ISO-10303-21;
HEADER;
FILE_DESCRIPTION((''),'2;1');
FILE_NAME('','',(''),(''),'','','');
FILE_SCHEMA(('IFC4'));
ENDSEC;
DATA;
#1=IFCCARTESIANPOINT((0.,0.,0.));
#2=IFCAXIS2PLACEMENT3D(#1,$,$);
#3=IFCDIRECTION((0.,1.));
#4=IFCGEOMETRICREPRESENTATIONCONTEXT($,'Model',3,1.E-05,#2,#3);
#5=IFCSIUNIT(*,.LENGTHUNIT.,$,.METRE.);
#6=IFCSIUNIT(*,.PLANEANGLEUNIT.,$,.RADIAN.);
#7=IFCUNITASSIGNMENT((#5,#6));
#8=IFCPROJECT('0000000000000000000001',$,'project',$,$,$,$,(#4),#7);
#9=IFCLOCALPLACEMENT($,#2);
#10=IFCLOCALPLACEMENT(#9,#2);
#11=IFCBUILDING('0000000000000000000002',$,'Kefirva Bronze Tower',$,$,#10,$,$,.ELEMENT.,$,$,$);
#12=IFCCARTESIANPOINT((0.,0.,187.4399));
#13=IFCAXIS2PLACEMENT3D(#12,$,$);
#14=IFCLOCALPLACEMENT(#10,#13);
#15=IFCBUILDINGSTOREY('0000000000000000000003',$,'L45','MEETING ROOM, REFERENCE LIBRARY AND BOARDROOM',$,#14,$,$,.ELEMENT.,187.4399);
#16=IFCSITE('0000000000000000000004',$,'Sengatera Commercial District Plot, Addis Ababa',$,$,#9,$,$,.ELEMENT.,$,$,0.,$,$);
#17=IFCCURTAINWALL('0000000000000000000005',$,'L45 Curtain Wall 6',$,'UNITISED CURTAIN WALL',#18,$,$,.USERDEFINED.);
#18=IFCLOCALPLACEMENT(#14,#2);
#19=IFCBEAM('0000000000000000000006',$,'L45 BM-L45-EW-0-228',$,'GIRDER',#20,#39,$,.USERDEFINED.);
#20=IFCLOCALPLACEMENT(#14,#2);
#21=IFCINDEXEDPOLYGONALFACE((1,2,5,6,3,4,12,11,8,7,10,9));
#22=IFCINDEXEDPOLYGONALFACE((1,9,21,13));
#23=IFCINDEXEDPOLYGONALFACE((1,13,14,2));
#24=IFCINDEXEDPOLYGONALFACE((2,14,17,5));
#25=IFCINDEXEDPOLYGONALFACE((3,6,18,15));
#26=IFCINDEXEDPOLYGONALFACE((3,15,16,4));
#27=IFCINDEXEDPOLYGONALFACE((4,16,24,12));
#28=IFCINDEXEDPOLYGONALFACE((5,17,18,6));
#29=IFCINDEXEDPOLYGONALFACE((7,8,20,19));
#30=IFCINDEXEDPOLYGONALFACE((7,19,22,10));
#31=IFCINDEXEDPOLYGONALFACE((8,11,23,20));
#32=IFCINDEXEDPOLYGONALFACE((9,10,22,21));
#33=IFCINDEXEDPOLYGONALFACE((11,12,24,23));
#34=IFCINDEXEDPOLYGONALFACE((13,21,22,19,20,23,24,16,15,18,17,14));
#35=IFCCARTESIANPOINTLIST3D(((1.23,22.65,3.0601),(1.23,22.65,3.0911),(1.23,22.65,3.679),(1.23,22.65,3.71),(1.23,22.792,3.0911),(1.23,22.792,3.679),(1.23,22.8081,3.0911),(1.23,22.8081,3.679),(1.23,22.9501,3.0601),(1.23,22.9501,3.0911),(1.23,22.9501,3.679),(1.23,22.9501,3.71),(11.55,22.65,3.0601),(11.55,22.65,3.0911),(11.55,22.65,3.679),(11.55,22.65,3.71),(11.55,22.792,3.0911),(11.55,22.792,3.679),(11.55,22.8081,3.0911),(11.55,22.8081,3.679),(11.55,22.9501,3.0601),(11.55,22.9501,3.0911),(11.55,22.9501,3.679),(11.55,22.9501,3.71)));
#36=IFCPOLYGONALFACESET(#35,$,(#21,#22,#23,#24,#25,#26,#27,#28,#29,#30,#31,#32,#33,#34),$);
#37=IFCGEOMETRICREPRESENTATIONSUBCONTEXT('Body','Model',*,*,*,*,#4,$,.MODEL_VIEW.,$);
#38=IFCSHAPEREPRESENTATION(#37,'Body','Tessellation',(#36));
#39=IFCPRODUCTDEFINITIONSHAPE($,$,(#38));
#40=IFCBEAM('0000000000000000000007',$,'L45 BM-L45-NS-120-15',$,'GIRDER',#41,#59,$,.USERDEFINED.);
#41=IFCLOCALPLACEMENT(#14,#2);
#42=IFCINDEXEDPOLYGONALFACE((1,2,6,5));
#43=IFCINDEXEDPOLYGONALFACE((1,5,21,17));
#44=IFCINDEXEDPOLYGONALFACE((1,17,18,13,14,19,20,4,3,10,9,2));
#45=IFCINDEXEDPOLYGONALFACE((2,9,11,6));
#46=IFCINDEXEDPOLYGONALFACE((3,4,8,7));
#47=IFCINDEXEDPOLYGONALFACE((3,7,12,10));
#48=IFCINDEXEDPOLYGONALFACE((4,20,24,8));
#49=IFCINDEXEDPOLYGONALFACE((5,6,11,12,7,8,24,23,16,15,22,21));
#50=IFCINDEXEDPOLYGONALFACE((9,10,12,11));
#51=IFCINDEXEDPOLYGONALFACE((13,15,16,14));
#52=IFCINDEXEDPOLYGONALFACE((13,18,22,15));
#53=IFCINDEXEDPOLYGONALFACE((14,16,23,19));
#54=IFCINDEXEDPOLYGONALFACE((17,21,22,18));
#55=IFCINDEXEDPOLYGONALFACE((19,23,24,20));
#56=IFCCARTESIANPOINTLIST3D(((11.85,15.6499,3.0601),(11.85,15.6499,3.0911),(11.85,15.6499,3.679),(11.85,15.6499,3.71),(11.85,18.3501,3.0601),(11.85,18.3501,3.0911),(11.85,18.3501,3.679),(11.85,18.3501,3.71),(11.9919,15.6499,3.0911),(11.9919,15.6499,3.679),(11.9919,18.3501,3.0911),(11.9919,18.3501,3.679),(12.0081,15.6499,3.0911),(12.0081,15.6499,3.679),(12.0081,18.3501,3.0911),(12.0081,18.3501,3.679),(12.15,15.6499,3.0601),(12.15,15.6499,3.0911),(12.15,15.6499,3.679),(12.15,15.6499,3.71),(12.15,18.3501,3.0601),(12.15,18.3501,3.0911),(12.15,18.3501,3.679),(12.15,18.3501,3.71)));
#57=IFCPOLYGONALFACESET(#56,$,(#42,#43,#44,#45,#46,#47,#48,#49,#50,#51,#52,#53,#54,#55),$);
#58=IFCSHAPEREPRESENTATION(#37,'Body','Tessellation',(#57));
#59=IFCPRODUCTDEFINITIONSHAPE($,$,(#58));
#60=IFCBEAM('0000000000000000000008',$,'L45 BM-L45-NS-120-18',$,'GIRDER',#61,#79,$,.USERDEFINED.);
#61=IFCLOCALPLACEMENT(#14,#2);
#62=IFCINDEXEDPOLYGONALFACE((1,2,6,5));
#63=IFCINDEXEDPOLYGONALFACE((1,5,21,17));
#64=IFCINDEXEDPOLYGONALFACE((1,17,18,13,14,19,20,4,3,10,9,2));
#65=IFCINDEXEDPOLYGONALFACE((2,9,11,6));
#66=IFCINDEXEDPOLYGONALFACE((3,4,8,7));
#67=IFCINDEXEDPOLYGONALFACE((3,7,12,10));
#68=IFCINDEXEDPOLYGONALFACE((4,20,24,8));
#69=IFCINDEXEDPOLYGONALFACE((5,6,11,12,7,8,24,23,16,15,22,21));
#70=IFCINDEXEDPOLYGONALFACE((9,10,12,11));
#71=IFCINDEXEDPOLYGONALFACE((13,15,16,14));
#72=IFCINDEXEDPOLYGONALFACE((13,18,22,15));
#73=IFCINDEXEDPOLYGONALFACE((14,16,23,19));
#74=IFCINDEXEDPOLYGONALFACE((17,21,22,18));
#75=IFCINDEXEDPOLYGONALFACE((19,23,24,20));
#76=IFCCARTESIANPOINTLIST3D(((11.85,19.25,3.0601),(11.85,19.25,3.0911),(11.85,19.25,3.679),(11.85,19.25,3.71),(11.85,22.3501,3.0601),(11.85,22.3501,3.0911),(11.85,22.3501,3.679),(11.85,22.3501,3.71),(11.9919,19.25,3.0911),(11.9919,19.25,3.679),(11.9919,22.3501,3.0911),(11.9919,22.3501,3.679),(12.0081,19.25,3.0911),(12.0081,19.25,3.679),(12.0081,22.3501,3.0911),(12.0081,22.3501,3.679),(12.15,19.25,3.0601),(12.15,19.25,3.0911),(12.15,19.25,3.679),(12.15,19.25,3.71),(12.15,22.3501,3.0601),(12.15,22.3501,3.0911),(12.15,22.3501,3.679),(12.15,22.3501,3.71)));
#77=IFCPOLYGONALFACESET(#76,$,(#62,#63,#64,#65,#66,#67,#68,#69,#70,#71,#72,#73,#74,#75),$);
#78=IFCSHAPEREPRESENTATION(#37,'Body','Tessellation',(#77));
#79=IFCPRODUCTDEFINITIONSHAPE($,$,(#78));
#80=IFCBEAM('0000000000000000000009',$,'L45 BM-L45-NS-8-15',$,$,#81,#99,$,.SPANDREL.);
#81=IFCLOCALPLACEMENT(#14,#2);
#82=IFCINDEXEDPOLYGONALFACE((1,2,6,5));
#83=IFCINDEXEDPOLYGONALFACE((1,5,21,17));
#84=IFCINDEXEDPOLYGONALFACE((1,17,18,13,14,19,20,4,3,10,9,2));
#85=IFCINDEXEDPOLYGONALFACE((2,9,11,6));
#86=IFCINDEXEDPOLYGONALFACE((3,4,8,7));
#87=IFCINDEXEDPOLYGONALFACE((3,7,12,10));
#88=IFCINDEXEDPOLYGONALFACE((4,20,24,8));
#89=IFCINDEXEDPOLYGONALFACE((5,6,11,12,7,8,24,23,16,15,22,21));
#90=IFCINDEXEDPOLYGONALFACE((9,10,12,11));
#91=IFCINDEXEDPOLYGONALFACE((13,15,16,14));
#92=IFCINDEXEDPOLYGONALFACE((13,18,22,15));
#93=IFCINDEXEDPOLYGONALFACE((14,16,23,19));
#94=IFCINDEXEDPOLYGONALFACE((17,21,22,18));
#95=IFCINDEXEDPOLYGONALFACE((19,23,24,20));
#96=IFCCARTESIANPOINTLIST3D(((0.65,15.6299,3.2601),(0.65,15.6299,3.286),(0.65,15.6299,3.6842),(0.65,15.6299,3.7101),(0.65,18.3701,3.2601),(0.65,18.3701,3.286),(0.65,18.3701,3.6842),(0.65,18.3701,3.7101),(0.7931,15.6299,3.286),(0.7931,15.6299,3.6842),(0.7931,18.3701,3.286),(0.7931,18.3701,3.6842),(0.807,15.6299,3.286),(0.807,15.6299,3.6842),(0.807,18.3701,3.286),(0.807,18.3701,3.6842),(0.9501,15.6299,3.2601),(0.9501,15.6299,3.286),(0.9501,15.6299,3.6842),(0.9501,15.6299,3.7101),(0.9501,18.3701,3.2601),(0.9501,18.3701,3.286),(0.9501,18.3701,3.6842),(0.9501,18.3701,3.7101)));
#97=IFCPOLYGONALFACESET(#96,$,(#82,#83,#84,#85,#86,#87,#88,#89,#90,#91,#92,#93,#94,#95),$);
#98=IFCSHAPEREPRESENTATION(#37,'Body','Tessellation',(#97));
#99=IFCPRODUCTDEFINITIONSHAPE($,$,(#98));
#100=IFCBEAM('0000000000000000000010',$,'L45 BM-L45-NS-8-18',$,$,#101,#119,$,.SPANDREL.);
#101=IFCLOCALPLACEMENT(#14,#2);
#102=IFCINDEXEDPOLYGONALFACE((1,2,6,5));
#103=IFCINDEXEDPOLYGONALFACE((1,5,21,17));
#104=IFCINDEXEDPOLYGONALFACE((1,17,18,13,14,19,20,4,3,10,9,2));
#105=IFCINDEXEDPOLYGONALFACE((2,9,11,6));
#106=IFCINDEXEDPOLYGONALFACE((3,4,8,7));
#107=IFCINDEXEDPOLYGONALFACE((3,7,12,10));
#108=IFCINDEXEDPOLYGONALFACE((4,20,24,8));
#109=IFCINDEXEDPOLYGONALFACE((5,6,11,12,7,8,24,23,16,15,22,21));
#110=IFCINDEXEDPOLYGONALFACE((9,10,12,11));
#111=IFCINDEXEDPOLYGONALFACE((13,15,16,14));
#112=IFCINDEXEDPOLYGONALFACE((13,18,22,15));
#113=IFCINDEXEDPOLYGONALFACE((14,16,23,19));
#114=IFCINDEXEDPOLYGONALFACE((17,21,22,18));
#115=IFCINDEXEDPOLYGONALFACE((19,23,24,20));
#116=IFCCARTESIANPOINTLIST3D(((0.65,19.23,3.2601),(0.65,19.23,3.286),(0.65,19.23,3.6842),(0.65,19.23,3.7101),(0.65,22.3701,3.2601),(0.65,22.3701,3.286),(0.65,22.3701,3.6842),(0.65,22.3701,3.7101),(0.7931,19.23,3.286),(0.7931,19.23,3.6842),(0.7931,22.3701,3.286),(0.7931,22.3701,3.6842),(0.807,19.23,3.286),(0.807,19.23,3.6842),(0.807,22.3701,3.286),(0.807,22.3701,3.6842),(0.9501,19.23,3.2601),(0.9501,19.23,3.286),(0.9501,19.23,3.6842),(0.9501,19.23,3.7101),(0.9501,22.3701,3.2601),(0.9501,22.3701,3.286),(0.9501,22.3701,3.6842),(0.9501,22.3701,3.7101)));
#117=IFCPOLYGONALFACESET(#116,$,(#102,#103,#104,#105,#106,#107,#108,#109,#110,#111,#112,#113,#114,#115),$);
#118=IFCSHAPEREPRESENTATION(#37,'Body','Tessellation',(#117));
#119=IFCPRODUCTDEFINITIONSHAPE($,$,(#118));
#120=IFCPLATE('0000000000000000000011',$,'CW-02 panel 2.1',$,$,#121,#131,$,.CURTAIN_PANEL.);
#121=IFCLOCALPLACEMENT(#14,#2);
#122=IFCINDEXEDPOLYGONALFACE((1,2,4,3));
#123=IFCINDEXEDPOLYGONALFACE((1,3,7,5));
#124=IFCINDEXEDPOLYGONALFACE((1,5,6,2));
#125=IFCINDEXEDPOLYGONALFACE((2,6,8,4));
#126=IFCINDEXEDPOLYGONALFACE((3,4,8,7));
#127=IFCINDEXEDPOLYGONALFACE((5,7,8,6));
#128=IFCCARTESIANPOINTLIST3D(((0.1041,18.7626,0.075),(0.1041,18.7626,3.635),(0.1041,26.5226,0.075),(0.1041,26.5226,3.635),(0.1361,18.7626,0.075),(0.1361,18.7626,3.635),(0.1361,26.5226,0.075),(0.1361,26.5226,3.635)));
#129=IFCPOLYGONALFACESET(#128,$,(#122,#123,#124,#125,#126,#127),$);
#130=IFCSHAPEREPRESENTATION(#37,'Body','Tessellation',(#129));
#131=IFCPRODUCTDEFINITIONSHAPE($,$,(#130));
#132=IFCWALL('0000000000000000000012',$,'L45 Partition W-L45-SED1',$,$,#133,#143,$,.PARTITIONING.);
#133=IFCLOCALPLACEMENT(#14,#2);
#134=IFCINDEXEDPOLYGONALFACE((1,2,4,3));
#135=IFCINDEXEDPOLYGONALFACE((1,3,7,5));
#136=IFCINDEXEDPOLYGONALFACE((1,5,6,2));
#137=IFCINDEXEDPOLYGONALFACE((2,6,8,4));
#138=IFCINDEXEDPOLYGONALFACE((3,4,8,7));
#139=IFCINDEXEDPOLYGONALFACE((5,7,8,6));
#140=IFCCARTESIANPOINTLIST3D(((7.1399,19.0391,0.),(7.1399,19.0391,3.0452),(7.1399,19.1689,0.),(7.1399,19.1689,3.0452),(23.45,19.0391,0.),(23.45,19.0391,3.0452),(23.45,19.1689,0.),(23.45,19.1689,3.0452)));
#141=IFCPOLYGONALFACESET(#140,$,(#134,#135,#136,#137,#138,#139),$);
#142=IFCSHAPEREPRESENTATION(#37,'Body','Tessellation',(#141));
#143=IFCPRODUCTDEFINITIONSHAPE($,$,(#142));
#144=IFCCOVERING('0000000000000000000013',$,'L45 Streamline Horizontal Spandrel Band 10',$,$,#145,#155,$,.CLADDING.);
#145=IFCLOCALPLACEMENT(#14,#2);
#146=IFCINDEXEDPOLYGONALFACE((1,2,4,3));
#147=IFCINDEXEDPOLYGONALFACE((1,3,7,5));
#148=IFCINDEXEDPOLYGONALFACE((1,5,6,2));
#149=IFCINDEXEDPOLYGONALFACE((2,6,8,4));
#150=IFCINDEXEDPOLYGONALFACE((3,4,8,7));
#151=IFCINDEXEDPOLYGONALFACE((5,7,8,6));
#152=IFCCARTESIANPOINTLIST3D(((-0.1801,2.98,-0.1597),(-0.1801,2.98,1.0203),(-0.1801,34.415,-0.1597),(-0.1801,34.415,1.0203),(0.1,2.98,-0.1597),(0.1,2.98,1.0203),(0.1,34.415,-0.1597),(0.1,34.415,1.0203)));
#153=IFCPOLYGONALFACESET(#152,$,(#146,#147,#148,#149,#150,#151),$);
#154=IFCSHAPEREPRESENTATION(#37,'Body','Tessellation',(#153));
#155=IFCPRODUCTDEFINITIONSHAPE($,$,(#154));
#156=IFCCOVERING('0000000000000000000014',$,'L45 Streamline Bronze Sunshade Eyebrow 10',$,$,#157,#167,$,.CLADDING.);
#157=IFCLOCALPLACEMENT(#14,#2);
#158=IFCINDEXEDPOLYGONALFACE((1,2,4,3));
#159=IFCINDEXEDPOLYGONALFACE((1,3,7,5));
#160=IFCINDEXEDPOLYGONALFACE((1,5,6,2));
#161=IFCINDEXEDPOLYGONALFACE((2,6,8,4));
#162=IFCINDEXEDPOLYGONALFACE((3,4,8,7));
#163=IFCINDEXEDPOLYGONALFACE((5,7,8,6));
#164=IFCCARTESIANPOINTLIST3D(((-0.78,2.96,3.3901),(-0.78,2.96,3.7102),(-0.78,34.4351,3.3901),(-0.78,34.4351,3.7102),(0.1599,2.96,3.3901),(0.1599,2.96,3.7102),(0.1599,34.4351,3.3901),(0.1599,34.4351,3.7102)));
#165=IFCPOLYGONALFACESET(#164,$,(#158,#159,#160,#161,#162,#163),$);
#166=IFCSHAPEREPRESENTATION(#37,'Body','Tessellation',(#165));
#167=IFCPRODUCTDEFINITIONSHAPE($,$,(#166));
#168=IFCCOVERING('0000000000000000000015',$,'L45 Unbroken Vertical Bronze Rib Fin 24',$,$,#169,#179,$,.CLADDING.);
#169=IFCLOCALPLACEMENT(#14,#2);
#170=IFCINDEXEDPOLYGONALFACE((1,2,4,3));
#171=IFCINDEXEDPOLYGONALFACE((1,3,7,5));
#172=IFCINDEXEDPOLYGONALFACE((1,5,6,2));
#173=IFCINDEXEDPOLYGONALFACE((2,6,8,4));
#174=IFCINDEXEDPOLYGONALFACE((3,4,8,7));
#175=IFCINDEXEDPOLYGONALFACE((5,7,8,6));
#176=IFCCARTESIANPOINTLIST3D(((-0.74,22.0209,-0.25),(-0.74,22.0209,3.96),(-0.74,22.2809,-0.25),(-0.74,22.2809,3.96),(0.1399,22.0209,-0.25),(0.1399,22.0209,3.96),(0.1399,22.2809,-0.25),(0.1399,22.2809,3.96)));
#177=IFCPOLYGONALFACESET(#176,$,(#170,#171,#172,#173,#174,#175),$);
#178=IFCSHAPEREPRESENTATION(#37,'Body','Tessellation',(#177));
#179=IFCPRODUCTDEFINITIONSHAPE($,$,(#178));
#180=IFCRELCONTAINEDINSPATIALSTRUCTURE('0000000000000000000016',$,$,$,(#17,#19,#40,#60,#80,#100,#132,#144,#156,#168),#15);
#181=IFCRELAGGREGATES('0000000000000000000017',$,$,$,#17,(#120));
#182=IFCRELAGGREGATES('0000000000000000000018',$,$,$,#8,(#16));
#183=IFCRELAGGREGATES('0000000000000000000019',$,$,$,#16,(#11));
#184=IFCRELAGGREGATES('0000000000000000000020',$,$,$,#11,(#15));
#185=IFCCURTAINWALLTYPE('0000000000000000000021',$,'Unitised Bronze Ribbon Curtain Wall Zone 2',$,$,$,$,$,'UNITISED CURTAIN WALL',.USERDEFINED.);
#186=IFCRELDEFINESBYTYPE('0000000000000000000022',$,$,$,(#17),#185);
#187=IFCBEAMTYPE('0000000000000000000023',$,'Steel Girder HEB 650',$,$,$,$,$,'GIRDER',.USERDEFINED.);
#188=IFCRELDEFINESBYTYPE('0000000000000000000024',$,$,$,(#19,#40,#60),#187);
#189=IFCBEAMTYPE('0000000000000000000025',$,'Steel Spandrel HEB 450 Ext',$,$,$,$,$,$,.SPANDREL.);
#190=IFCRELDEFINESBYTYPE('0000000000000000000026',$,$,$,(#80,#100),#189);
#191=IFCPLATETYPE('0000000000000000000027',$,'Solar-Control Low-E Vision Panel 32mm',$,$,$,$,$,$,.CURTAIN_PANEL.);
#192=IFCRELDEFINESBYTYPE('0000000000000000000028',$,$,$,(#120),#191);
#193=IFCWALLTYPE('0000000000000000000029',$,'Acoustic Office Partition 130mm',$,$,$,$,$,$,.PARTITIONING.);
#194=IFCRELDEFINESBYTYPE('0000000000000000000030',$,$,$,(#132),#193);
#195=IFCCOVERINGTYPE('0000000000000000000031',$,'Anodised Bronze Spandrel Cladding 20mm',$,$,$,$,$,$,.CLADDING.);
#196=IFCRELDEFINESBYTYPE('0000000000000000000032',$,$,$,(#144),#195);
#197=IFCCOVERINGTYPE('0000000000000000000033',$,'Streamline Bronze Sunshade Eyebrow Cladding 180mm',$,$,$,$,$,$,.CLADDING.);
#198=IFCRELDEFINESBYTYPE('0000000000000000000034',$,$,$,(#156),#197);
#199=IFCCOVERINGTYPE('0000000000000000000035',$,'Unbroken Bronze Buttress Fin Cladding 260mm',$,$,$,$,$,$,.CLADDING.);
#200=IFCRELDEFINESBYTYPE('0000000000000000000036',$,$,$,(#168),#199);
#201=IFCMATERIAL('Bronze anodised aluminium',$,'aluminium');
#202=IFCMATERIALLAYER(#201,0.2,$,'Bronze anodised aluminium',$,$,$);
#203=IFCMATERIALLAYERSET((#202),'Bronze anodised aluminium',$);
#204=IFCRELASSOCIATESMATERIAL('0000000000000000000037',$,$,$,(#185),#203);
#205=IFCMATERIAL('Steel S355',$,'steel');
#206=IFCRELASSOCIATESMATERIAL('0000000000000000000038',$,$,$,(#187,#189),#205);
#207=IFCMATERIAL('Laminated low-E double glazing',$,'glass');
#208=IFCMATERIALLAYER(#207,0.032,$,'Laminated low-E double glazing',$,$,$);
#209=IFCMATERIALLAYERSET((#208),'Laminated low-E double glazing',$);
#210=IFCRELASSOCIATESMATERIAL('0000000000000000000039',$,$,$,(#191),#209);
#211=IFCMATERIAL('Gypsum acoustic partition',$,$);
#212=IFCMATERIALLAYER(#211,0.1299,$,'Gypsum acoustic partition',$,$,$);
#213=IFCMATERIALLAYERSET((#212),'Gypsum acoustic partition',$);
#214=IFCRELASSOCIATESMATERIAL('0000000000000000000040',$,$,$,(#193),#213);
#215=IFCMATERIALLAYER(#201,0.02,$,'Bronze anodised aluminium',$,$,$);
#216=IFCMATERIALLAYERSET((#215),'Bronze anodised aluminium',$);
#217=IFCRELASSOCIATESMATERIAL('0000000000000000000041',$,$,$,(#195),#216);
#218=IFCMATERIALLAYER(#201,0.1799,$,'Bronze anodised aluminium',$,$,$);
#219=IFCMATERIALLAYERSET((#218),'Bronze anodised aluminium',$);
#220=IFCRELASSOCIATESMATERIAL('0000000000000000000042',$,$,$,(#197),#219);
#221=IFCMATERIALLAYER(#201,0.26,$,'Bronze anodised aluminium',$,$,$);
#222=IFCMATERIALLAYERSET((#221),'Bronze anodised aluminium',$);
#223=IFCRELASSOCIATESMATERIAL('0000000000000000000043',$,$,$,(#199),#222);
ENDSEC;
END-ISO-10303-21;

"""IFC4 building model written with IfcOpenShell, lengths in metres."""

from ifc_helpers import new_model, si_unit, direction, frame, frame_2d, origin, origin_2d, place, context, subcontext, project, spatial, rectangle, i_section, extrude, material, layer, layer_set, material_profile, profile_set, type_object, element, aggregate, save


model = new_model("IFC4")

# Units and contexts
model_context = context("Model", 3, precision=1e-05, world=origin(), true_north=direction((0.0, 1.0)))
body_context = subcontext(model_context, "Body", "Model", "MODEL_VIEW")
ifc_project = project(units=[si_unit("LENGTHUNIT", "METRE"), si_unit("PLANEANGLEUNIT", "RADIAN")], contexts=[model_context])

# Site, building, storey
site_placement = place(None, origin())
site = spatial("IfcSite", under=ifc_project, at=site_placement, Name="Sengatera Commercial District Plot, Addis Ababa", CompositionType="ELEMENT", RefElevation=0.0)
building_placement = place(site_placement, origin())
building = spatial("IfcBuilding", under=site, at=building_placement, Name="Kefirva Bronze Tower", CompositionType="ELEMENT")
storey_placement = place(building_placement, frame((0.0, 0.0, 187.4399)))
storey = spatial("IfcBuildingStorey", under=building, at=storey_placement, Name="L45", Description="MEETING ROOM, REFERENCE LIBRARY AND BOARDROOM", CompositionType="ELEMENT", Elevation=187.4399)

# Curtain wall
ifc_material_1 = material(Name="Bronze anodised aluminium", Category="aluminium")
ifc_layer_1 = layer(ifc_material_1, 0.2, Name="Bronze anodised aluminium")
ifc_layer_set_1 = layer_set([ifc_layer_1], Name="Bronze anodised aluminium")
curtain_wall_type = type_object("IfcCurtainWallType", Name="Unitised Bronze Ribbon Curtain Wall Zone 2", ElementType="UNITISED CURTAIN WALL", PredefinedType="USERDEFINED", material=ifc_layer_set_1)
curtain_wall_placement = place(storey_placement, origin())
curtain_wall = element("IfcCurtainWall", 1, at=curtain_wall_placement, inside=storey, type_object=curtain_wall_type, Name="L45 Curtain Wall 6", ObjectType="UNITISED CURTAIN WALL", PredefinedType="USERDEFINED")

# Beams
ifc_material_2 = material(Name="Steel S355", Category="steel")
ifc_material_profile_1 = material_profile(ifc_material_2, i_section(OverallWidth=0.3, OverallDepth=0.6499, WebThickness=0.0161, FlangeThickness=0.031, at=origin_2d()), Name="HEB 650")
ifc_profile_set_1 = profile_set([ifc_material_profile_1], Name="Steel S355")
beam_type_1 = type_object("IfcBeamType", Name="Steel Girder HEB 650", ElementType="GIRDER", PredefinedType="USERDEFINED", material=ifc_profile_set_1)
for number, where, z_axis, x_axis, name in (
    (2, (1.23, 22.8, 3.385), (1.0, 0.0, 0.0), (0.0, 1.0, 0.0), "L45 BM-L45-EW-0-228"),
):
    element("IfcBeam", number, at=place(storey_placement, frame(where, z_axis=z_axis, x_axis=x_axis)), inside=storey, type_object=beam_type_1, Name=name, ObjectType="GIRDER", PredefinedType="USERDEFINED", context=body_context, shape_type="SweptSolid", body=[
        extrude(i_section(OverallWidth=0.3, OverallDepth=0.6499, WebThickness=0.0161, FlangeThickness=0.031, at=origin_2d()), origin(), (0.0, 0.0, 1.0), 10.3201),
    ])
beam_1_placement = place(storey_placement, frame((12.0, 15.6499, 3.385), z_axis=(0.0, 1.0, 0.0), x_axis=(-1.0, 0.0, 0.0)))
element("IfcBeam", 3, at=beam_1_placement, inside=storey, type_object=beam_type_1, Name="L45 BM-L45-NS-120-15", ObjectType="GIRDER", PredefinedType="USERDEFINED", context=body_context, shape_type="SweptSolid", body=[
    extrude(i_section(OverallWidth=0.3, OverallDepth=0.6499, WebThickness=0.0161, FlangeThickness=0.031, at=origin_2d()), origin(), (0.0, 0.0, 1.0), 2.7002),
])
beam_2_placement = place(storey_placement, frame((12.0, 19.25, 3.385), z_axis=(0.0, 1.0, 0.0), x_axis=(-1.0, 0.0, 0.0)))
element("IfcBeam", 4, at=beam_2_placement, inside=storey, type_object=beam_type_1, Name="L45 BM-L45-NS-120-18", ObjectType="GIRDER", PredefinedType="USERDEFINED", context=body_context, shape_type="SweptSolid", body=[
    extrude(i_section(OverallWidth=0.3, OverallDepth=0.6499, WebThickness=0.0161, FlangeThickness=0.031, at=origin_2d()), origin(), (0.0, 0.0, 1.0), 3.1001),
])
ifc_material_profile_2 = material_profile(ifc_material_2, i_section(OverallWidth=0.3, OverallDepth=0.45, WebThickness=0.0139, FlangeThickness=0.0259, at=origin_2d()), Name="HEB 450")
ifc_profile_set_2 = profile_set([ifc_material_profile_2], Name="Steel S355")
beam_type_2 = type_object("IfcBeamType", Name="Steel Spandrel HEB 450 Ext", PredefinedType="SPANDREL", material=ifc_profile_set_2)
beam_3_placement = place(storey_placement, frame((0.8, 15.6299, 3.4851), z_axis=(0.0, 1.0, 0.0), x_axis=(-1.0, 0.0, 0.0)))
element("IfcBeam", 5, at=beam_3_placement, inside=storey, type_object=beam_type_2, Name="L45 BM-L45-NS-8-15", PredefinedType="SPANDREL", context=body_context, shape_type="SweptSolid", body=[
    extrude(i_section(OverallWidth=0.3, OverallDepth=0.45, WebThickness=0.0139, FlangeThickness=0.0259, at=origin_2d()), origin(), (0.0, 0.0, 1.0), 2.7402),
])
beam_4_placement = place(storey_placement, frame((0.8, 19.23, 3.4851), z_axis=(0.0, 1.0, 0.0), x_axis=(-1.0, 0.0, 0.0)))
element("IfcBeam", 6, at=beam_4_placement, inside=storey, type_object=beam_type_2, Name="L45 BM-L45-NS-8-18", PredefinedType="SPANDREL", context=body_context, shape_type="SweptSolid", body=[
    extrude(i_section(OverallWidth=0.3, OverallDepth=0.45, WebThickness=0.0139, FlangeThickness=0.0259, at=origin_2d()), origin(), (0.0, 0.0, 1.0), 3.1401),
])

# Plate
ifc_material_3 = material(Name="Laminated low-E double glazing", Category="glass")
ifc_layer_2 = layer(ifc_material_3, 0.032, Name="Laminated low-E double glazing")
ifc_layer_set_2 = layer_set([ifc_layer_2], Name="Laminated low-E double glazing")
plate_type = type_object("IfcPlateType", Name="Solar-Control Low-E Vision Panel 32mm", PredefinedType="CURTAIN_PANEL", material=ifc_layer_set_2)
plate_placement = place(storey_placement, frame((0.1201, 22.6426, 0.075), z_axis=(0.0, 0.0, 1.0), x_axis=(0.0, -1.0, 0.0)))
plate = element("IfcPlate", 7, at=plate_placement, type_object=plate_type, Name="CW-02 panel 2.1", PredefinedType="CURTAIN_PANEL", context=body_context, shape_type="SweptSolid", body=[
    extrude(rectangle(XDim=7.76, YDim=0.032, at=origin_2d()), origin(), (0.0, 0.0, 1.0), 3.5601),
])
aggregate(curtain_wall, [plate])

# Wall
ifc_material_4 = material(Name="Gypsum acoustic partition")
ifc_layer_3 = layer(ifc_material_4, 0.1299, Name="Gypsum acoustic partition")
ifc_layer_set_3 = layer_set([ifc_layer_3], Name="Gypsum acoustic partition")
wall_type = type_object("IfcWallType", Name="Acoustic Office Partition 130mm", PredefinedType="PARTITIONING", material=ifc_layer_set_3)
wall_placement = place(storey_placement, frame((7.1399, 19.104, 0.0), z_axis=(0.0, 0.0, 1.0), x_axis=(1.0, 0.0, 0.0)))
element("IfcWall", 8, at=wall_placement, inside=storey, type_object=wall_type, Name="L45 Partition W-L45-SED1", PredefinedType="PARTITIONING", context=body_context, shape_type="SweptSolid", body=[
    extrude(rectangle(XDim=16.3101, YDim=0.1299, at=frame_2d((8.155, 0.0))), origin(), (0.0, 0.0, 1.0), 3.0452),
])

# Coverings
ifc_layer_4 = layer(ifc_material_1, 0.02, Name="Bronze anodised aluminium")
ifc_layer_set_4 = layer_set([ifc_layer_4], Name="Bronze anodised aluminium")
covering_type_1 = type_object("IfcCoveringType", Name="Anodised Bronze Spandrel Cladding 20mm", PredefinedType="CLADDING", material=ifc_layer_set_4)
covering_1_placement = place(storey_placement, frame((-0.04, 18.6975, -0.1597), z_axis=(0.0, 0.0, 1.0), x_axis=(0.0, -1.0, 0.0)))
element("IfcCovering", 9, at=covering_1_placement, inside=storey, type_object=covering_type_1, Name="L45 Streamline Horizontal Spandrel Band 10", PredefinedType="CLADDING", context=body_context, shape_type="SweptSolid", body=[
    extrude(rectangle(XDim=31.4351, YDim=0.28, at=origin_2d()), origin(), (0.0, 0.0, 1.0), 1.1799),
])
ifc_layer_5 = layer(ifc_material_1, 0.1799, Name="Bronze anodised aluminium")
ifc_layer_set_5 = layer_set([ifc_layer_5], Name="Bronze anodised aluminium")
covering_type_2 = type_object("IfcCoveringType", Name="Streamline Bronze Sunshade Eyebrow Cladding 180mm", PredefinedType="CLADDING", material=ifc_layer_set_5)
covering_2_placement = place(storey_placement, frame((-0.3101, 18.6975, 3.3901), z_axis=(0.0, 0.0, 1.0), x_axis=(0.0, -1.0, 0.0)))
element("IfcCovering", 10, at=covering_2_placement, inside=storey, type_object=covering_type_2, Name="L45 Streamline Bronze Sunshade Eyebrow 10", PredefinedType="CLADDING", context=body_context, shape_type="SweptSolid", body=[
    extrude(rectangle(XDim=31.4751, YDim=0.9399, at=origin_2d()), origin(), (0.0, 0.0, 1.0), 0.3201),
])
ifc_layer_6 = layer(ifc_material_1, 0.26, Name="Bronze anodised aluminium")
ifc_layer_set_6 = layer_set([ifc_layer_6], Name="Bronze anodised aluminium")
covering_type_3 = type_object("IfcCoveringType", Name="Unbroken Bronze Buttress Fin Cladding 260mm", PredefinedType="CLADDING", material=ifc_layer_set_6)
for number, where, z_axis, x_axis, name in (
    (11, (-0.3, 22.1509, -0.25), (0.0, 0.0, 1.0), (0.0, -1.0, 0.0), "L45 Unbroken Vertical Bronze Rib Fin 24"),
):
    element("IfcCovering", number, at=place(storey_placement, frame(where, z_axis=z_axis, x_axis=x_axis)), inside=storey, type_object=covering_type_3, Name=name, PredefinedType="CLADDING", context=body_context, shape_type="SweptSolid", body=[
        extrude(rectangle(XDim=0.26, YDim=0.8799, at=origin_2d()), origin(), (0.0, 0.0, 1.0), 4.21),
    ])

save(model, "model.ifc")
